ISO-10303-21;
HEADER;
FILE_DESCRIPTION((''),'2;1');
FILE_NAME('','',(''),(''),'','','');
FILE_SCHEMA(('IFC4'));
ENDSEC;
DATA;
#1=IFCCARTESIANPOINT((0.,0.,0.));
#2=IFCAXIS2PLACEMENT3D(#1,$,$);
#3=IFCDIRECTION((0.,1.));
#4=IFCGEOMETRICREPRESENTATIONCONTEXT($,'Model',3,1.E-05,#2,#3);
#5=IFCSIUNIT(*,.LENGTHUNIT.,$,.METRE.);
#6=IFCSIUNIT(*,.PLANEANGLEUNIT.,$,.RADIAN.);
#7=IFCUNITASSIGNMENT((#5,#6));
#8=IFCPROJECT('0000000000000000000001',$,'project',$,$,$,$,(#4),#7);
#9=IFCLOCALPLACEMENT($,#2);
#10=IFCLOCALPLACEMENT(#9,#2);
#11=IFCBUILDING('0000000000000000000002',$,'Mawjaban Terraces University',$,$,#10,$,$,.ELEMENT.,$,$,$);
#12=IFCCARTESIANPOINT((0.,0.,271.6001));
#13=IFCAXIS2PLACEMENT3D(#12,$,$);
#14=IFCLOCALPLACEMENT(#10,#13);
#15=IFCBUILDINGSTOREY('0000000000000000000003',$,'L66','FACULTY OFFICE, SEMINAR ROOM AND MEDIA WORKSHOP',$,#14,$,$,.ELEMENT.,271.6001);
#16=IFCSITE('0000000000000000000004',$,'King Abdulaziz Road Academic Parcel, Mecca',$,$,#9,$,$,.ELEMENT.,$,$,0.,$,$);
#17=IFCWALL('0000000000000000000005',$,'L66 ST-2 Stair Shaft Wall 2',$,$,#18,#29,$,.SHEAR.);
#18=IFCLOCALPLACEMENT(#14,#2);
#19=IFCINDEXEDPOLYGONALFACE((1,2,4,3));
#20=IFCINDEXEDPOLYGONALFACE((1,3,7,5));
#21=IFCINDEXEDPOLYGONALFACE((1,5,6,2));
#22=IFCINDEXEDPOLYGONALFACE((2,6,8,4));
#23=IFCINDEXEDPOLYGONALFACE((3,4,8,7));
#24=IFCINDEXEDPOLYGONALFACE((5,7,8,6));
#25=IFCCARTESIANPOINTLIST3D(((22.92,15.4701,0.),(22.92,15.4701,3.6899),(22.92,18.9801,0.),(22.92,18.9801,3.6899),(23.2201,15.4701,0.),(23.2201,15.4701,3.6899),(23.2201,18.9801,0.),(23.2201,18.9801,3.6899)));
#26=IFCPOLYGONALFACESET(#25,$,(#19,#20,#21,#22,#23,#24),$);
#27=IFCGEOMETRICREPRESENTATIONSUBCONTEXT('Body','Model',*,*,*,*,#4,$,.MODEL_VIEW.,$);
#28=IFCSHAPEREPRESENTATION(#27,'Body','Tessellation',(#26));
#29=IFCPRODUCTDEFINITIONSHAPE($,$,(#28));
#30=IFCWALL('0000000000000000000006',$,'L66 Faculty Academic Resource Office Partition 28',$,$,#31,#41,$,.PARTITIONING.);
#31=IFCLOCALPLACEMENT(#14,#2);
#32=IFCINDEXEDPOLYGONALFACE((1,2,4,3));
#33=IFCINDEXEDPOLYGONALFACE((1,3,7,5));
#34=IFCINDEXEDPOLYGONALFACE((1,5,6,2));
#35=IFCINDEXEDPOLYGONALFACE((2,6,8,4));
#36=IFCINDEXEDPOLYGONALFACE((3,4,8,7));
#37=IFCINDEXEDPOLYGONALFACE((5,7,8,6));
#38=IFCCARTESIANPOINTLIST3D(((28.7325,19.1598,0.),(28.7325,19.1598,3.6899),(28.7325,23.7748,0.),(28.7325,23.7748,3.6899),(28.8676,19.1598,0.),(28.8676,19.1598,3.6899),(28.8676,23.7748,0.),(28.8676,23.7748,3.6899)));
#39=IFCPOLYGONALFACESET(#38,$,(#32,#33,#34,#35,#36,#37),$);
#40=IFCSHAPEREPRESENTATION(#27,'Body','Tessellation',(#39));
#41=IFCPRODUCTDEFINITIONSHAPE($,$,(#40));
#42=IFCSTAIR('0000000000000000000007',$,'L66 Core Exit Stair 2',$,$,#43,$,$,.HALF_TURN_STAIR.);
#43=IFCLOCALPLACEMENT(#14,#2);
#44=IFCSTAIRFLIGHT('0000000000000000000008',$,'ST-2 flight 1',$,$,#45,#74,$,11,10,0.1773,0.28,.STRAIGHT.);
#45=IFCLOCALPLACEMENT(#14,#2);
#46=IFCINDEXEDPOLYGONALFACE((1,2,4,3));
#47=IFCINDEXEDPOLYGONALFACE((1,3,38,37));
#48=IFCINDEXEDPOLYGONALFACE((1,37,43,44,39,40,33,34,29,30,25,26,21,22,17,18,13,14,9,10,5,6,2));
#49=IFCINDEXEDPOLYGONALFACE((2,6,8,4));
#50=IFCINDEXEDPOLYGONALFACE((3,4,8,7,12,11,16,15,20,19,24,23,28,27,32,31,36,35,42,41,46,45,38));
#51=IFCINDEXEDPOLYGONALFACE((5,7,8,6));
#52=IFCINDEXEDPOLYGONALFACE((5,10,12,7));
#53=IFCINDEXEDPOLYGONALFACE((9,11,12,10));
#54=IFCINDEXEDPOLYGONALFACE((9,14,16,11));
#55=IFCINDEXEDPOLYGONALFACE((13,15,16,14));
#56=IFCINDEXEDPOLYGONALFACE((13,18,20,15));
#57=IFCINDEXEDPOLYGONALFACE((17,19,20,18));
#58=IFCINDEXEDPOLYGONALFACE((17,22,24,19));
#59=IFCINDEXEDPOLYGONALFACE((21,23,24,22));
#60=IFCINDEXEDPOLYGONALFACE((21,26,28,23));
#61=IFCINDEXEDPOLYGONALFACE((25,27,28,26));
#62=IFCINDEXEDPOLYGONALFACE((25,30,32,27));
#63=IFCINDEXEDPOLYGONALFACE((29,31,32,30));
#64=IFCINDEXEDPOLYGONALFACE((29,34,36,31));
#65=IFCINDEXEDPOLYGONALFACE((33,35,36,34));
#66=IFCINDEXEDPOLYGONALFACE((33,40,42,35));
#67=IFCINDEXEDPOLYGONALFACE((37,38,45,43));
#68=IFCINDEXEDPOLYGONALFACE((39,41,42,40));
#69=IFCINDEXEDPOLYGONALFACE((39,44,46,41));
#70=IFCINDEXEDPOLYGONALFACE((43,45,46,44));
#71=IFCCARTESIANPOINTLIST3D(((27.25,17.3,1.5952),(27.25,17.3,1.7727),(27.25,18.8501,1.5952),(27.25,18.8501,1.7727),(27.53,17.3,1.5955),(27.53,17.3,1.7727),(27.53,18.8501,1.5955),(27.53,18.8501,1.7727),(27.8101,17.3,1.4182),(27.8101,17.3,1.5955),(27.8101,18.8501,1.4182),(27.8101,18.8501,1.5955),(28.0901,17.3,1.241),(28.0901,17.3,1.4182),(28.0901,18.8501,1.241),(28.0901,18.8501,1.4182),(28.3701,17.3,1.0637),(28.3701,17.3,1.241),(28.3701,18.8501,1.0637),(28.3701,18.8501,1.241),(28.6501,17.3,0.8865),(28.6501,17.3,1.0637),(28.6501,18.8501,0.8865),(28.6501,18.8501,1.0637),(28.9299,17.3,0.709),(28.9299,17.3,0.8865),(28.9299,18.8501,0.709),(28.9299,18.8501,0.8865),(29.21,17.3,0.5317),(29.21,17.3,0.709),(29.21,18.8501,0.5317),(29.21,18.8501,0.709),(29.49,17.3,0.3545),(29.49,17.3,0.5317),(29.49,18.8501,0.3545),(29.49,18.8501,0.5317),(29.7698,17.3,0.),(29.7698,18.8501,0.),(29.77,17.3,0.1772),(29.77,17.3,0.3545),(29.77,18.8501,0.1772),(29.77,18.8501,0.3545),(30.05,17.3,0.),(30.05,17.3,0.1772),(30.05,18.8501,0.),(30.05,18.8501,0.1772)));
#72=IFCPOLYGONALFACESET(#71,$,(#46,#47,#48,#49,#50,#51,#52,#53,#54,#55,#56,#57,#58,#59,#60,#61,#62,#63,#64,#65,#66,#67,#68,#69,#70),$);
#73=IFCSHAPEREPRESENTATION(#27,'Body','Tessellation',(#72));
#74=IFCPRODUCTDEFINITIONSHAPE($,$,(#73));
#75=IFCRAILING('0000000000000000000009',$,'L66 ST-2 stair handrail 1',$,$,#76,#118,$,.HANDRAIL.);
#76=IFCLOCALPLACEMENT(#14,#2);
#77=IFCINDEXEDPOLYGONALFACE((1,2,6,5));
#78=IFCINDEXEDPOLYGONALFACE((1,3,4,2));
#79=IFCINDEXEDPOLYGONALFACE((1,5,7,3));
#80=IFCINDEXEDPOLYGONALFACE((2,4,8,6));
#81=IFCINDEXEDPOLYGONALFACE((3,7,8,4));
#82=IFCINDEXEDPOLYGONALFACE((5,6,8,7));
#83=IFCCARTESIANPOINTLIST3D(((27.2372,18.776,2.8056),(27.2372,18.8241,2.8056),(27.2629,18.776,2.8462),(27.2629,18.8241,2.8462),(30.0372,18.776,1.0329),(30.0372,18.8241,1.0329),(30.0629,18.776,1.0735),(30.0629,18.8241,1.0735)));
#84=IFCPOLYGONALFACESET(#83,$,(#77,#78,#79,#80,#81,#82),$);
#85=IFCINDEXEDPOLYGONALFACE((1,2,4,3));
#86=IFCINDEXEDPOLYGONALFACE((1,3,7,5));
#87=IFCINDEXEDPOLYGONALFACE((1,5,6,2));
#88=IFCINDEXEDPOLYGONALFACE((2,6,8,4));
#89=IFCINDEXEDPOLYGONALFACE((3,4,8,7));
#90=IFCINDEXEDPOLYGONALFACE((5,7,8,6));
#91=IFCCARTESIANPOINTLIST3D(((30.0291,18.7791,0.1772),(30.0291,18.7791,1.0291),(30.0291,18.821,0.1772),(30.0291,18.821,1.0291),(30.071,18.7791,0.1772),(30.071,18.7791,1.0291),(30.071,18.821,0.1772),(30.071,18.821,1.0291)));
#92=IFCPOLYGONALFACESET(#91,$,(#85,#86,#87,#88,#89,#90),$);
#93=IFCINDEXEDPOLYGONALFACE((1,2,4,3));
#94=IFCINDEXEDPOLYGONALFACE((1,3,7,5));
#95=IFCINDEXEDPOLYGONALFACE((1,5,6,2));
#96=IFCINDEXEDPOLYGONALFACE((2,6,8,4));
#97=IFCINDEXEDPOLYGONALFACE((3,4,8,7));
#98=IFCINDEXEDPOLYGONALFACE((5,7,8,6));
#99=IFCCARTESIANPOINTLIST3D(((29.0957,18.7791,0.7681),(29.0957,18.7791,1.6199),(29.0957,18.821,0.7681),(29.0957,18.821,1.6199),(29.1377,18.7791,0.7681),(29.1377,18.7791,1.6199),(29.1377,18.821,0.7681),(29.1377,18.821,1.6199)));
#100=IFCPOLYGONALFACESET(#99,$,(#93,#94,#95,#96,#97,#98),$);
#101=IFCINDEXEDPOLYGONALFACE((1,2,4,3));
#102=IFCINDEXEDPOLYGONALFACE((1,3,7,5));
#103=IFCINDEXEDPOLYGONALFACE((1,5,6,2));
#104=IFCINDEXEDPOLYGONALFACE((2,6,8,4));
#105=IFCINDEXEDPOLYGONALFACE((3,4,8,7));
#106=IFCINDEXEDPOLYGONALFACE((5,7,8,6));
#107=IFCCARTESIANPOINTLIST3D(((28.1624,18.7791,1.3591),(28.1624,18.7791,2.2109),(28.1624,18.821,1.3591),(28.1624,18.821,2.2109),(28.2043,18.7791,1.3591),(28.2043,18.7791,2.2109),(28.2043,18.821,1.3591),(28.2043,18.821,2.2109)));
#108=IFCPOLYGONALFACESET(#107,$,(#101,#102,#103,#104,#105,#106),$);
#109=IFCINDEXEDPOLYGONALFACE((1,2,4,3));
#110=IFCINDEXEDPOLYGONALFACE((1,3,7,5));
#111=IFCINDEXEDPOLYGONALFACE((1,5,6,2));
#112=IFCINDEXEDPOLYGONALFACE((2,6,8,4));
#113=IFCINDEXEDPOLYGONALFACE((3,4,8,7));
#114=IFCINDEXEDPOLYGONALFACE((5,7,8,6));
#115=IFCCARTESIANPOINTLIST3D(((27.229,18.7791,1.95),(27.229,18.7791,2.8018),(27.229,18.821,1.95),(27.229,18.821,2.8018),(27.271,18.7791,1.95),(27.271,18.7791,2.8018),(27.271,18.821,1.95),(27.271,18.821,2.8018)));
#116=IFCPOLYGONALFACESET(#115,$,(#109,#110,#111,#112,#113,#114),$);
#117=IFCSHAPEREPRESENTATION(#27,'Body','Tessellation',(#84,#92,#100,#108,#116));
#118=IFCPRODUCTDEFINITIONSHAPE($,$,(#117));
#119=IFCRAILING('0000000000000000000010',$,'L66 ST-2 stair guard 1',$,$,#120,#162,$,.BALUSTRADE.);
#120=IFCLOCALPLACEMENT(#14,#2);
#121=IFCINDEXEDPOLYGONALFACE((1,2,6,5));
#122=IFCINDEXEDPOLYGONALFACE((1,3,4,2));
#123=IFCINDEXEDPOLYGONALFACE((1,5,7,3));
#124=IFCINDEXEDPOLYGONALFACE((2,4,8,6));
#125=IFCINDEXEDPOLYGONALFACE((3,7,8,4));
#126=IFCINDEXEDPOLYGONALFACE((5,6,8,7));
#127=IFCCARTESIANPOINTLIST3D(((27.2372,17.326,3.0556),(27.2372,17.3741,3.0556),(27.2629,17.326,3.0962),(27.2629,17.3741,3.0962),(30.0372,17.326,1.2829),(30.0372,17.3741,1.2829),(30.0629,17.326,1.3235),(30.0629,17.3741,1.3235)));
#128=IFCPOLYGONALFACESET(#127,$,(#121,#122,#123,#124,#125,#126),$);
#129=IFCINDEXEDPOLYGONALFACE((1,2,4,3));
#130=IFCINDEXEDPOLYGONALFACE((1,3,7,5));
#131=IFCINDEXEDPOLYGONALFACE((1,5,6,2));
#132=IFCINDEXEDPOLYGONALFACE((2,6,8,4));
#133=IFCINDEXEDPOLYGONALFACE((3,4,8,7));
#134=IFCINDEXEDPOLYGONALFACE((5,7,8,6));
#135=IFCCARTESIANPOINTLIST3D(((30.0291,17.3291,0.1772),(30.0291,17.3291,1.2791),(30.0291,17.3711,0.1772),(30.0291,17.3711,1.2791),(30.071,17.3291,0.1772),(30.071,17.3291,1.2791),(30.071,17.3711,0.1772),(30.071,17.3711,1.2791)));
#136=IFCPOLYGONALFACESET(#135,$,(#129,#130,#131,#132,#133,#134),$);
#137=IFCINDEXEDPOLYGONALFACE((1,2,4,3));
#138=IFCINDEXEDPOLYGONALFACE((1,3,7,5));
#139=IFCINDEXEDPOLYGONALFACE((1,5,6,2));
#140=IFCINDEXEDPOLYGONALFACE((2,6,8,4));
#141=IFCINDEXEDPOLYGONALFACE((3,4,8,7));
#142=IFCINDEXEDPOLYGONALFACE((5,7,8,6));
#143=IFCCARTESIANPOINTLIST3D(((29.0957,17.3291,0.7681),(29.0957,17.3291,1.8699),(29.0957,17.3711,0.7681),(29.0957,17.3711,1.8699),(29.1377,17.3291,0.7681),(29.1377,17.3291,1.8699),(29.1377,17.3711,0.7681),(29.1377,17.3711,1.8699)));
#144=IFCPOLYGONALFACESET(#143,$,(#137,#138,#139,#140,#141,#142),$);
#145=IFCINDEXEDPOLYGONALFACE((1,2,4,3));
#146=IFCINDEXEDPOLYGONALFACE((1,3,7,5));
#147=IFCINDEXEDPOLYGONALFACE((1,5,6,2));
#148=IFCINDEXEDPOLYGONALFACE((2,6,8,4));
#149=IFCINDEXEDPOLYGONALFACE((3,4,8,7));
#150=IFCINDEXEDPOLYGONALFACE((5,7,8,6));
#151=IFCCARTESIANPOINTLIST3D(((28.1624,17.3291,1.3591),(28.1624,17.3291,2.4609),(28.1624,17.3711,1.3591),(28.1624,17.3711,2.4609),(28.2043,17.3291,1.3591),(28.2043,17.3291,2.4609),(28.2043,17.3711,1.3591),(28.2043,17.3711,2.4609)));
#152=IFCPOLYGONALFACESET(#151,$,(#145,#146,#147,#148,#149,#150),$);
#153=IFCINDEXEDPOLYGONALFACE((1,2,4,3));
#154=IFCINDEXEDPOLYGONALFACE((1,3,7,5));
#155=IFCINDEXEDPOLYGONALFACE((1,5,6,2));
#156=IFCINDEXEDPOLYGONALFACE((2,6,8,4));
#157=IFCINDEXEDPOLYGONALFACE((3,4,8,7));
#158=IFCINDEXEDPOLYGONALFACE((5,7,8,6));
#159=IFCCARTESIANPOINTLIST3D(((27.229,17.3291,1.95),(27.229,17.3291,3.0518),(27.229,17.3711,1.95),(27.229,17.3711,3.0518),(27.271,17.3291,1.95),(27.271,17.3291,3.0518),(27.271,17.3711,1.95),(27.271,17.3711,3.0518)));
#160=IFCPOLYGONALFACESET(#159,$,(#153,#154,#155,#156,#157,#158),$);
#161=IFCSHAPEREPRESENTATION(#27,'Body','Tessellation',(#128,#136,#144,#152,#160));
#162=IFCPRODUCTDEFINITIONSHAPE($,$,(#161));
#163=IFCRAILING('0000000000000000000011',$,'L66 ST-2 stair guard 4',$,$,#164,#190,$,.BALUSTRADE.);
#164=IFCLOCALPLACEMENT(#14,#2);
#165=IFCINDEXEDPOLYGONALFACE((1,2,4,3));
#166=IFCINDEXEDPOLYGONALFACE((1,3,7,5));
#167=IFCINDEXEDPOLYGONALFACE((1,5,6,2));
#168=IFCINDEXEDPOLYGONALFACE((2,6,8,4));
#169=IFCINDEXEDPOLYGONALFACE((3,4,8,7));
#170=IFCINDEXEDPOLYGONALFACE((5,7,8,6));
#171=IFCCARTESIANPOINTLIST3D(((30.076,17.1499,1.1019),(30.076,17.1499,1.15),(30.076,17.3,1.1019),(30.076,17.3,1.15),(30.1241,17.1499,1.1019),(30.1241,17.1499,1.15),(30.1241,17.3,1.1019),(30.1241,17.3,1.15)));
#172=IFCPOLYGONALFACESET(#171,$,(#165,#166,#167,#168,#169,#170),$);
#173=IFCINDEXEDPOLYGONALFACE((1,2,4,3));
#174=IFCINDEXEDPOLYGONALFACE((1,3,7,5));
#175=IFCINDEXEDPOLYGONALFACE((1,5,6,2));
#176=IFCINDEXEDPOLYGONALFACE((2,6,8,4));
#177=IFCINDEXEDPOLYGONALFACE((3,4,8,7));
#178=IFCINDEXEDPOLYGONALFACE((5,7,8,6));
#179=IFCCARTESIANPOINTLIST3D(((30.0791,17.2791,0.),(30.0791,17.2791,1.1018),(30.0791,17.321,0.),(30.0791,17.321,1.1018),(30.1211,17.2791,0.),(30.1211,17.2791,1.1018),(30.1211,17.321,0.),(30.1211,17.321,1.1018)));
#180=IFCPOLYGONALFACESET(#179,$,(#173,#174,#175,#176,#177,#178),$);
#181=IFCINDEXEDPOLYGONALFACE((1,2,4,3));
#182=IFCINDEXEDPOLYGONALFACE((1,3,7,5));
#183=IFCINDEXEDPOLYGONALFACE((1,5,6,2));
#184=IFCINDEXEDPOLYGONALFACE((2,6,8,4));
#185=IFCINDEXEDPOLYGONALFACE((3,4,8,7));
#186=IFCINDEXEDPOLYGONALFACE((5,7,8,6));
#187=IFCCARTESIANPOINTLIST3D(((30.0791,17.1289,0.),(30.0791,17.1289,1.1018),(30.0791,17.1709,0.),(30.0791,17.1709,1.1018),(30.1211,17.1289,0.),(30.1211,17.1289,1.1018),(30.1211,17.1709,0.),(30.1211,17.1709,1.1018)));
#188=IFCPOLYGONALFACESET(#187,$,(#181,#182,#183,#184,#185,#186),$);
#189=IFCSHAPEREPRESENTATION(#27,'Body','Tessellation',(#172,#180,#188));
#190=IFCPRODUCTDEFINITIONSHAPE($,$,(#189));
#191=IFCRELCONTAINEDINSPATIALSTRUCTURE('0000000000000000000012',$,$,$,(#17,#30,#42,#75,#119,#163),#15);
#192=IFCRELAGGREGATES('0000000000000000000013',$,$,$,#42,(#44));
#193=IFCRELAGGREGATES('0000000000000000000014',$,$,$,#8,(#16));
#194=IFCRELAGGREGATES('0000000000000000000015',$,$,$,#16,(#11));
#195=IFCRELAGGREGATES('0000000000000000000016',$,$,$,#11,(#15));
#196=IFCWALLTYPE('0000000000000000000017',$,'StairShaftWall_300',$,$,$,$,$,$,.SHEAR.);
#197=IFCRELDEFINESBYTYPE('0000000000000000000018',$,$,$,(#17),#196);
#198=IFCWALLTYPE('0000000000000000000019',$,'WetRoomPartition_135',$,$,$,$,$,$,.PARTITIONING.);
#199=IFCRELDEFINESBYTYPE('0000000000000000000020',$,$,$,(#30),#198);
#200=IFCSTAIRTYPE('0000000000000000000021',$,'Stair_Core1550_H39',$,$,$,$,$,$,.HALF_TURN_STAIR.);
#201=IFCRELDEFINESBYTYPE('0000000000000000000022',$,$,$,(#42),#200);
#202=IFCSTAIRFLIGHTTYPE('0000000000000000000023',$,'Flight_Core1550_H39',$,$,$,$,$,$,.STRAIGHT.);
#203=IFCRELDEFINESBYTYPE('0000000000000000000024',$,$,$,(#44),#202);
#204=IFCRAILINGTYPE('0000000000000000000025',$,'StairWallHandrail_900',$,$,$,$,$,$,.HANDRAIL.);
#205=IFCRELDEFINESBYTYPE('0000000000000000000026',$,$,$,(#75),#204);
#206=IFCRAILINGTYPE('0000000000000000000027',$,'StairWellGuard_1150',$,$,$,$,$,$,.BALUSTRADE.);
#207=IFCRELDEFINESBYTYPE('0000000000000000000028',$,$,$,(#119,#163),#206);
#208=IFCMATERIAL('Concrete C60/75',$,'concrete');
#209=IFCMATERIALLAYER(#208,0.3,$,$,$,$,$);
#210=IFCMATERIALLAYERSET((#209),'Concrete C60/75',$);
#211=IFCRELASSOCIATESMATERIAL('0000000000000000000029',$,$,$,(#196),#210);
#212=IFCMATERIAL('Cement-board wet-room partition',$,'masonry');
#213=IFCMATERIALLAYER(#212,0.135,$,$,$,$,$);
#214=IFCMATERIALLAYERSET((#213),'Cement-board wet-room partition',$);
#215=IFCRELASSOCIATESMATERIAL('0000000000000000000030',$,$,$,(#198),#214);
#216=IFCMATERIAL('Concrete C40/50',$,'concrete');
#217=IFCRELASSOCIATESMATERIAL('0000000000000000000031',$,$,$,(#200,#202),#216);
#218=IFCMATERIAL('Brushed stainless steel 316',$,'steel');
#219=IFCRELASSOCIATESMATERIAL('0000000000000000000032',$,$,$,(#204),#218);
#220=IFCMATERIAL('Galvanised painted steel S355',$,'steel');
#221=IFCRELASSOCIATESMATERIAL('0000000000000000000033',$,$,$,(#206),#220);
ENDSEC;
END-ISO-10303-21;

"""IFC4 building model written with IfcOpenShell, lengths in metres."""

from ifc_helpers import new_model, si_unit, direction, frame, frame_2d, origin, origin_2d, place, context, subcontext, project, spatial, polyline, rectangle, outline, extrude, material, layer, layer_set, type_object, element, aggregate, save


model = new_model("IFC4")

# Units and contexts
model_context = context("Model", 3, precision=1e-05, world=origin(), true_north=direction((0.0, 1.0)))
body_context = subcontext(model_context, "Body", "Model", "MODEL_VIEW")
ifc_project = project(units=[si_unit("LENGTHUNIT", "METRE"), si_unit("PLANEANGLEUNIT", "RADIAN")], contexts=[model_context])

# Site, building, storey
site_placement = place(None, origin())
site = spatial("IfcSite", under=ifc_project, at=site_placement, Name="King Abdulaziz Road Academic Parcel, Mecca", CompositionType="ELEMENT", RefElevation=0.0)
building_placement = place(site_placement, origin())
building = spatial("IfcBuilding", under=site, at=building_placement, Name="Mawjaban Terraces University", CompositionType="ELEMENT")
storey_placement = place(building_placement, frame((0.0, 0.0, 271.6001)))
storey = spatial("IfcBuildingStorey", under=building, at=storey_placement, Name="L66", Description="FACULTY OFFICE, SEMINAR ROOM AND MEDIA WORKSHOP", CompositionType="ELEMENT", Elevation=271.6001)

# Walls
ifc_material_1 = material(Name="Concrete C40/50", Category="concrete")
ifc_material_2 = material(Name="Concrete C60/75", Category="concrete")
ifc_layer_1 = layer(ifc_material_2, 0.3)
ifc_layer_set_1 = layer_set([ifc_layer_1], Name="Concrete C60/75")
wall_type_1 = type_object("IfcWallType", Name="StairShaftWall_300", PredefinedType="SHEAR", material=ifc_layer_set_1)
wall_1_placement = place(storey_placement, frame((23.0701, 18.98, 0.0), z_axis=(0.0, 0.0, 1.0), x_axis=(0.0, -1.0, 0.0)))
element("IfcWall", 1, at=wall_1_placement, inside=storey, type_object=wall_type_1, Name="L66 ST-2 Stair Shaft Wall 2", PredefinedType="SHEAR", context=body_context, shape_type="SweptSolid", body=[
    extrude(rectangle(XDim=3.51, YDim=0.3, at=frame_2d((1.7549, 0.0))), origin(), (0.0, 0.0, 1.0), 3.6899),
])
ifc_material_3 = material(Name="Cement-board wet-room partition", Category="masonry")
ifc_layer_2 = layer(ifc_material_3, 0.135)
ifc_layer_set_2 = layer_set([ifc_layer_2], Name="Cement-board wet-room partition")
wall_type_2 = type_object("IfcWallType", Name="WetRoomPartition_135", PredefinedType="PARTITIONING", material=ifc_layer_set_2)
wall_2_placement = place(storey_placement, frame((28.8, 23.7749, 0.0), z_axis=(0.0, 0.0, 1.0), x_axis=(0.0, -1.0, 0.0)))
element("IfcWall", 2, at=wall_2_placement, inside=storey, type_object=wall_type_2, Name="L66 Faculty Academic Resource Office Partition 28", PredefinedType="PARTITIONING", context=body_context, shape_type="SweptSolid", body=[
    extrude(rectangle(XDim=4.615, YDim=0.135, at=frame_2d((2.3076, 0.0))), origin(), (0.0, 0.0, 1.0), 3.6899),
])

# Stair, stair flight
stair_type = type_object("IfcStairType", Name="Stair_Core1550_H39", PredefinedType="HALF_TURN_STAIR", material=ifc_material_1)
stair_placement = place(storey_placement, origin())
stair = element("IfcStair", 3, at=stair_placement, inside=storey, type_object=stair_type, Name="L66 Core Exit Stair 2", PredefinedType="HALF_TURN_STAIR")
stair_flight_type = type_object("IfcStairFlightType", Name="Flight_Core1550_H39", PredefinedType="STRAIGHT", material=ifc_material_1)
stair_flight_placement = place(storey_placement, frame((30.05, 18.075, 0.0), z_axis=(0.0, 0.0, 1.0), x_axis=(-1.0, 0.0, 0.0)))
stair_flight = element("IfcStairFlight", 4, at=stair_flight_placement, type_object=stair_flight_type, Name="ST-2 flight 1", NumberOfRisers=11, NumberOfTreads=10, PredefinedType="STRAIGHT", RiserHeight=0.1773, TreadLength=0.28, context=body_context, shape_type="SweptSolid", body=[
    extrude(outline(polyline([(0.0, 0.0), (0.0, 0.1772), (0.28, 0.1772), (0.28, 0.3545), (0.5601, 0.3545), (0.5601, 0.5317), (0.8401, 0.5317), (0.8401, 0.709), (1.1201, 0.709), (1.1201, 0.8865), (1.3999, 0.8865), (1.3999, 1.0637), (1.6799, 1.0637), (1.6799, 1.241), (1.96, 1.241), (1.96, 1.4182), (2.24, 1.4182), (2.24, 1.5955), (2.52, 1.5955), (2.52, 1.7727), (2.8, 1.7727), (2.8, 1.95), (2.8, 1.5952), (0.2803, 0.0), (0.0, 0.0)])), frame((0.0, 0.7749, 0.0), z_axis=(0.0, -1.0, 0.0), x_axis=(1.0, 0.0, 0.0)), (0.0, 0.0, 1.0), 1.55),
])
aggregate(stair, [stair_flight])

# Railings
ifc_material_4 = material(Name="Brushed stainless steel 316", Category="steel")
railing_type_1 = type_object("IfcRailingType", Name="StairWallHandrail_900", PredefinedType="HANDRAIL", material=ifc_material_4)
railing_1_placement = place(storey_placement, frame((30.05, 18.8, 0.1772)))
element("IfcRailing", 5, at=railing_1_placement, inside=storey, type_object=railing_type_1, Name="L66 ST-2 stair handrail 1", PredefinedType="HANDRAIL", context=body_context, shape_type="SweptSolid", body=[
    extrude(rectangle(XDim=0.0481, YDim=0.0481, at=origin_2d()), frame((0.0, 0.0, 0.876), z_axis=(-0.844909, 0.0, 0.53491), x_axis=(0.0, -1.0, 0.0)), (0.0, 0.0, 1.0), 3.314),
    extrude(rectangle(XDim=0.042, YDim=0.042, at=origin_2d()), origin(), (0.0, 0.0, 1.0), 0.8518),
    extrude(rectangle(XDim=0.042, YDim=0.042, at=origin_2d()), frame((-0.9333, 0.0, 0.5908)), (0.0, 0.0, 1.0), 0.8518),
    extrude(rectangle(XDim=0.042, YDim=0.042, at=origin_2d()), frame((-1.8667, 0.0, 1.1819)), (0.0, 0.0, 1.0), 0.8518),
    extrude(rectangle(XDim=0.042, YDim=0.042, at=origin_2d()), frame((-2.8, 0.0, 1.7727)), (0.0, 0.0, 1.0), 0.8518),
])
ifc_material_5 = material(Name="Galvanised painted steel S355", Category="steel")
railing_type_2 = type_object("IfcRailingType", Name="StairWellGuard_1150", PredefinedType="BALUSTRADE", material=ifc_material_5)
railing_2_placement = place(storey_placement, frame((30.05, 17.3501, 0.1772)))
element("IfcRailing", 6, at=railing_2_placement, inside=storey, type_object=railing_type_2, Name="L66 ST-2 stair guard 1", PredefinedType="BALUSTRADE", context=body_context, shape_type="SweptSolid", body=[
    extrude(rectangle(XDim=0.0481, YDim=0.0481, at=origin_2d()), frame((0.0, 0.0, 1.126), z_axis=(-0.844909, 0.0, 0.53491), x_axis=(0.0, -1.0, 0.0)), (0.0, 0.0, 1.0), 3.314),
    extrude(rectangle(XDim=0.042, YDim=0.042, at=origin_2d()), origin(), (0.0, 0.0, 1.0), 1.1018),
    extrude(rectangle(XDim=0.042, YDim=0.042, at=origin_2d()), frame((-0.9333, 0.0, 0.5908)), (0.0, 0.0, 1.0), 1.1018),
    extrude(rectangle(XDim=0.042, YDim=0.042, at=origin_2d()), frame((-1.8667, 0.0, 1.1819)), (0.0, 0.0, 1.0), 1.1018),
    extrude(rectangle(XDim=0.042, YDim=0.042, at=origin_2d()), frame((-2.8, 0.0, 1.7727)), (0.0, 0.0, 1.0), 1.1018),
])
railing_3_placement = place(storey_placement, frame((30.1001, 17.3, 0.0)))
element("IfcRailing", 7, at=railing_3_placement, inside=storey, type_object=railing_type_2, Name="L66 ST-2 stair guard 4", PredefinedType="BALUSTRADE", context=body_context, shape_type="SweptSolid", body=[
    extrude(rectangle(XDim=0.0481, YDim=0.0481, at=origin_2d()), frame((0.0, 0.0, 1.126), z_axis=(0.0, -1.0, 0.0), x_axis=(1.0, 0.0, 0.0)), (0.0, 0.0, 1.0), 0.1501),
    extrude(rectangle(XDim=0.042, YDim=0.042, at=origin_2d()), origin(), (0.0, 0.0, 1.0), 1.1018),
    extrude(rectangle(XDim=0.042, YDim=0.042, at=origin_2d()), frame((0.0, -0.1501, 0.0)), (0.0, 0.0, 1.0), 1.1018),
])

save(model, "model.ifc")
